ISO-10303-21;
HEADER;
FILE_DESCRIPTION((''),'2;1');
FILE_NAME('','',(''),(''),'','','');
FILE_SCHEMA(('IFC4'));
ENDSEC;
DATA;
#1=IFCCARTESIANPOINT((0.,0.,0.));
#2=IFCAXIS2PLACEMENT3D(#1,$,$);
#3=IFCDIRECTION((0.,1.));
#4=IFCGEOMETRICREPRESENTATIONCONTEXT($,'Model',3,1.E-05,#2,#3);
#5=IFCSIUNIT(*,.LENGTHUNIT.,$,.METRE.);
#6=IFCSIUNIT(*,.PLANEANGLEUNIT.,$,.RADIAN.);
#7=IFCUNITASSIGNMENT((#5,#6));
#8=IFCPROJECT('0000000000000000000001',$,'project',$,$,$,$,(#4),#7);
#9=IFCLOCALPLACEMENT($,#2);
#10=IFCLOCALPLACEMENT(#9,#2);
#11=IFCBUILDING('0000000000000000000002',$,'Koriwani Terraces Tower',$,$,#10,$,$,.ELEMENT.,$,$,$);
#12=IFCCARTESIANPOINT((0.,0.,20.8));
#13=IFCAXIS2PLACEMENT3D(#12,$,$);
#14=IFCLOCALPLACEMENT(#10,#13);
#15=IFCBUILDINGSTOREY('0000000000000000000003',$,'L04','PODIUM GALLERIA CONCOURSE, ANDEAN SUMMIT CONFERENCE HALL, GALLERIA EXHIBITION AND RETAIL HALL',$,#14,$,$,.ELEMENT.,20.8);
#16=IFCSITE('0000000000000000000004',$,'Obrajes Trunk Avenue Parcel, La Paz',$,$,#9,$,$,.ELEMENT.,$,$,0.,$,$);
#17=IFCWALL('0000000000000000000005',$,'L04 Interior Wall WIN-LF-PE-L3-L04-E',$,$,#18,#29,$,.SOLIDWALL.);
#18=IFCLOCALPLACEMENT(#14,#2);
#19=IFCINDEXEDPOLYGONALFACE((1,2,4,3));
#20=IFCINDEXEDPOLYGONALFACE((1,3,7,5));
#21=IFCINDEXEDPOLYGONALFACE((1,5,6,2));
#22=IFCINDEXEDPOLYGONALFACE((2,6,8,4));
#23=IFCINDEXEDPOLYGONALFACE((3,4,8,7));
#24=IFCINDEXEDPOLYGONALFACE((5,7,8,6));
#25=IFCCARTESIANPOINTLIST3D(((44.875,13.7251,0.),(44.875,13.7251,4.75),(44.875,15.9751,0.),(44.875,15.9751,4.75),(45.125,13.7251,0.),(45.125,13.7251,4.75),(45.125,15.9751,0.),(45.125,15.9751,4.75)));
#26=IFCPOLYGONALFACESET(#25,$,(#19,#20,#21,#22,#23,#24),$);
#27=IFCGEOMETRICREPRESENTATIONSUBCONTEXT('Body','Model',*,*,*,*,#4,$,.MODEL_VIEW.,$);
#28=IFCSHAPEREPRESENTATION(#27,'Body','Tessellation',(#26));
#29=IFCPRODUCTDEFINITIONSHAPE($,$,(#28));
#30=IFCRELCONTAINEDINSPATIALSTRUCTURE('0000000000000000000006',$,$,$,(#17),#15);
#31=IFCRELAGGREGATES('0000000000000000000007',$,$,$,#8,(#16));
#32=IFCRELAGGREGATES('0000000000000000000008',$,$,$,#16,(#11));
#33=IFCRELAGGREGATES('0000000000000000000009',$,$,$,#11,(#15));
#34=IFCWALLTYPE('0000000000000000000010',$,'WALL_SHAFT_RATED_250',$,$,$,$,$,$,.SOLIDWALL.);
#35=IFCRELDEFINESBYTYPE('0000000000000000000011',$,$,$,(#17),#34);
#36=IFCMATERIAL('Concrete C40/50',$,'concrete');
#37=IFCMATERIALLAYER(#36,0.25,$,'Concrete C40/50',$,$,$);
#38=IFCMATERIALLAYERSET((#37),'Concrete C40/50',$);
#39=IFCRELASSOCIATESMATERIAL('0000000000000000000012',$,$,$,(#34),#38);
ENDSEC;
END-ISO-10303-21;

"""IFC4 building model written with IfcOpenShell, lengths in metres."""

from ifc_helpers import new_model, si_unit, direction, frame, frame_2d, origin, place, context, subcontext, project, spatial, rectangle, extrude, material, layer, layer_set, type_object, element, save


model = new_model("IFC4")

# Units and contexts
model_context = context("Model", 3, precision=1e-05, world=origin(), true_north=direction((0.0, 1.0)))
body_context = subcontext(model_context, "Body", "Model", "MODEL_VIEW")
ifc_project = project(units=[si_unit("LENGTHUNIT", "METRE"), si_unit("PLANEANGLEUNIT", "RADIAN")], contexts=[model_context])

# Site, building, storey
site_placement = place(None, origin())
site = spatial("IfcSite", under=ifc_project, at=site_placement, Name="Obrajes Trunk Avenue Parcel, La Paz", CompositionType="ELEMENT", RefElevation=0.0)
building_placement = place(site_placement, origin())
building = spatial("IfcBuilding", under=site, at=building_placement, Name="Koriwani Terraces Tower", CompositionType="ELEMENT")
storey_placement = place(building_placement, frame((0.0, 0.0, 20.8)))
storey = spatial("IfcBuildingStorey", under=building, at=storey_placement, Name="L04", Description="PODIUM GALLERIA CONCOURSE, ANDEAN SUMMIT CONFERENCE HALL, GALLERIA EXHIBITION AND RETAIL HALL", CompositionType="ELEMENT", Elevation=20.8)

# Shared definitions
ifc_material_1 = material(Name="Concrete C40/50", Category="concrete")
ifc_layer_1 = layer(ifc_material_1, 0.25, Name="Concrete C40/50")
ifc_layer_set_1 = layer_set([ifc_layer_1], Name="Concrete C40/50")
wall_type_1 = type_object("IfcWallType", Name="WALL_SHAFT_RATED_250", PredefinedType="SOLIDWALL", material=ifc_layer_set_1)

# Wall
for number, where, z_axis, x_axis, name in (
    (1, (45.0, 13.7251, 0.0), (0.0, 0.0, 1.0), (0.0, 1.0, 0.0), "L04 Interior Wall WIN-LF-PE-L3-L04-E"),
):
    element("IfcWall", number, at=place(storey_placement, frame(where, z_axis=z_axis, x_axis=x_axis)), inside=storey, type_object=wall_type_1, Name=name, PredefinedType="SOLIDWALL", context=body_context, shape_type="SweptSolid", body=[
        extrude(rectangle(XDim=2.25, YDim=0.25, at=frame_2d((1.125, 0.0))), origin(), (0.0, 0.0, 1.0), 4.75),
    ])

save(model, "model.ifc")
